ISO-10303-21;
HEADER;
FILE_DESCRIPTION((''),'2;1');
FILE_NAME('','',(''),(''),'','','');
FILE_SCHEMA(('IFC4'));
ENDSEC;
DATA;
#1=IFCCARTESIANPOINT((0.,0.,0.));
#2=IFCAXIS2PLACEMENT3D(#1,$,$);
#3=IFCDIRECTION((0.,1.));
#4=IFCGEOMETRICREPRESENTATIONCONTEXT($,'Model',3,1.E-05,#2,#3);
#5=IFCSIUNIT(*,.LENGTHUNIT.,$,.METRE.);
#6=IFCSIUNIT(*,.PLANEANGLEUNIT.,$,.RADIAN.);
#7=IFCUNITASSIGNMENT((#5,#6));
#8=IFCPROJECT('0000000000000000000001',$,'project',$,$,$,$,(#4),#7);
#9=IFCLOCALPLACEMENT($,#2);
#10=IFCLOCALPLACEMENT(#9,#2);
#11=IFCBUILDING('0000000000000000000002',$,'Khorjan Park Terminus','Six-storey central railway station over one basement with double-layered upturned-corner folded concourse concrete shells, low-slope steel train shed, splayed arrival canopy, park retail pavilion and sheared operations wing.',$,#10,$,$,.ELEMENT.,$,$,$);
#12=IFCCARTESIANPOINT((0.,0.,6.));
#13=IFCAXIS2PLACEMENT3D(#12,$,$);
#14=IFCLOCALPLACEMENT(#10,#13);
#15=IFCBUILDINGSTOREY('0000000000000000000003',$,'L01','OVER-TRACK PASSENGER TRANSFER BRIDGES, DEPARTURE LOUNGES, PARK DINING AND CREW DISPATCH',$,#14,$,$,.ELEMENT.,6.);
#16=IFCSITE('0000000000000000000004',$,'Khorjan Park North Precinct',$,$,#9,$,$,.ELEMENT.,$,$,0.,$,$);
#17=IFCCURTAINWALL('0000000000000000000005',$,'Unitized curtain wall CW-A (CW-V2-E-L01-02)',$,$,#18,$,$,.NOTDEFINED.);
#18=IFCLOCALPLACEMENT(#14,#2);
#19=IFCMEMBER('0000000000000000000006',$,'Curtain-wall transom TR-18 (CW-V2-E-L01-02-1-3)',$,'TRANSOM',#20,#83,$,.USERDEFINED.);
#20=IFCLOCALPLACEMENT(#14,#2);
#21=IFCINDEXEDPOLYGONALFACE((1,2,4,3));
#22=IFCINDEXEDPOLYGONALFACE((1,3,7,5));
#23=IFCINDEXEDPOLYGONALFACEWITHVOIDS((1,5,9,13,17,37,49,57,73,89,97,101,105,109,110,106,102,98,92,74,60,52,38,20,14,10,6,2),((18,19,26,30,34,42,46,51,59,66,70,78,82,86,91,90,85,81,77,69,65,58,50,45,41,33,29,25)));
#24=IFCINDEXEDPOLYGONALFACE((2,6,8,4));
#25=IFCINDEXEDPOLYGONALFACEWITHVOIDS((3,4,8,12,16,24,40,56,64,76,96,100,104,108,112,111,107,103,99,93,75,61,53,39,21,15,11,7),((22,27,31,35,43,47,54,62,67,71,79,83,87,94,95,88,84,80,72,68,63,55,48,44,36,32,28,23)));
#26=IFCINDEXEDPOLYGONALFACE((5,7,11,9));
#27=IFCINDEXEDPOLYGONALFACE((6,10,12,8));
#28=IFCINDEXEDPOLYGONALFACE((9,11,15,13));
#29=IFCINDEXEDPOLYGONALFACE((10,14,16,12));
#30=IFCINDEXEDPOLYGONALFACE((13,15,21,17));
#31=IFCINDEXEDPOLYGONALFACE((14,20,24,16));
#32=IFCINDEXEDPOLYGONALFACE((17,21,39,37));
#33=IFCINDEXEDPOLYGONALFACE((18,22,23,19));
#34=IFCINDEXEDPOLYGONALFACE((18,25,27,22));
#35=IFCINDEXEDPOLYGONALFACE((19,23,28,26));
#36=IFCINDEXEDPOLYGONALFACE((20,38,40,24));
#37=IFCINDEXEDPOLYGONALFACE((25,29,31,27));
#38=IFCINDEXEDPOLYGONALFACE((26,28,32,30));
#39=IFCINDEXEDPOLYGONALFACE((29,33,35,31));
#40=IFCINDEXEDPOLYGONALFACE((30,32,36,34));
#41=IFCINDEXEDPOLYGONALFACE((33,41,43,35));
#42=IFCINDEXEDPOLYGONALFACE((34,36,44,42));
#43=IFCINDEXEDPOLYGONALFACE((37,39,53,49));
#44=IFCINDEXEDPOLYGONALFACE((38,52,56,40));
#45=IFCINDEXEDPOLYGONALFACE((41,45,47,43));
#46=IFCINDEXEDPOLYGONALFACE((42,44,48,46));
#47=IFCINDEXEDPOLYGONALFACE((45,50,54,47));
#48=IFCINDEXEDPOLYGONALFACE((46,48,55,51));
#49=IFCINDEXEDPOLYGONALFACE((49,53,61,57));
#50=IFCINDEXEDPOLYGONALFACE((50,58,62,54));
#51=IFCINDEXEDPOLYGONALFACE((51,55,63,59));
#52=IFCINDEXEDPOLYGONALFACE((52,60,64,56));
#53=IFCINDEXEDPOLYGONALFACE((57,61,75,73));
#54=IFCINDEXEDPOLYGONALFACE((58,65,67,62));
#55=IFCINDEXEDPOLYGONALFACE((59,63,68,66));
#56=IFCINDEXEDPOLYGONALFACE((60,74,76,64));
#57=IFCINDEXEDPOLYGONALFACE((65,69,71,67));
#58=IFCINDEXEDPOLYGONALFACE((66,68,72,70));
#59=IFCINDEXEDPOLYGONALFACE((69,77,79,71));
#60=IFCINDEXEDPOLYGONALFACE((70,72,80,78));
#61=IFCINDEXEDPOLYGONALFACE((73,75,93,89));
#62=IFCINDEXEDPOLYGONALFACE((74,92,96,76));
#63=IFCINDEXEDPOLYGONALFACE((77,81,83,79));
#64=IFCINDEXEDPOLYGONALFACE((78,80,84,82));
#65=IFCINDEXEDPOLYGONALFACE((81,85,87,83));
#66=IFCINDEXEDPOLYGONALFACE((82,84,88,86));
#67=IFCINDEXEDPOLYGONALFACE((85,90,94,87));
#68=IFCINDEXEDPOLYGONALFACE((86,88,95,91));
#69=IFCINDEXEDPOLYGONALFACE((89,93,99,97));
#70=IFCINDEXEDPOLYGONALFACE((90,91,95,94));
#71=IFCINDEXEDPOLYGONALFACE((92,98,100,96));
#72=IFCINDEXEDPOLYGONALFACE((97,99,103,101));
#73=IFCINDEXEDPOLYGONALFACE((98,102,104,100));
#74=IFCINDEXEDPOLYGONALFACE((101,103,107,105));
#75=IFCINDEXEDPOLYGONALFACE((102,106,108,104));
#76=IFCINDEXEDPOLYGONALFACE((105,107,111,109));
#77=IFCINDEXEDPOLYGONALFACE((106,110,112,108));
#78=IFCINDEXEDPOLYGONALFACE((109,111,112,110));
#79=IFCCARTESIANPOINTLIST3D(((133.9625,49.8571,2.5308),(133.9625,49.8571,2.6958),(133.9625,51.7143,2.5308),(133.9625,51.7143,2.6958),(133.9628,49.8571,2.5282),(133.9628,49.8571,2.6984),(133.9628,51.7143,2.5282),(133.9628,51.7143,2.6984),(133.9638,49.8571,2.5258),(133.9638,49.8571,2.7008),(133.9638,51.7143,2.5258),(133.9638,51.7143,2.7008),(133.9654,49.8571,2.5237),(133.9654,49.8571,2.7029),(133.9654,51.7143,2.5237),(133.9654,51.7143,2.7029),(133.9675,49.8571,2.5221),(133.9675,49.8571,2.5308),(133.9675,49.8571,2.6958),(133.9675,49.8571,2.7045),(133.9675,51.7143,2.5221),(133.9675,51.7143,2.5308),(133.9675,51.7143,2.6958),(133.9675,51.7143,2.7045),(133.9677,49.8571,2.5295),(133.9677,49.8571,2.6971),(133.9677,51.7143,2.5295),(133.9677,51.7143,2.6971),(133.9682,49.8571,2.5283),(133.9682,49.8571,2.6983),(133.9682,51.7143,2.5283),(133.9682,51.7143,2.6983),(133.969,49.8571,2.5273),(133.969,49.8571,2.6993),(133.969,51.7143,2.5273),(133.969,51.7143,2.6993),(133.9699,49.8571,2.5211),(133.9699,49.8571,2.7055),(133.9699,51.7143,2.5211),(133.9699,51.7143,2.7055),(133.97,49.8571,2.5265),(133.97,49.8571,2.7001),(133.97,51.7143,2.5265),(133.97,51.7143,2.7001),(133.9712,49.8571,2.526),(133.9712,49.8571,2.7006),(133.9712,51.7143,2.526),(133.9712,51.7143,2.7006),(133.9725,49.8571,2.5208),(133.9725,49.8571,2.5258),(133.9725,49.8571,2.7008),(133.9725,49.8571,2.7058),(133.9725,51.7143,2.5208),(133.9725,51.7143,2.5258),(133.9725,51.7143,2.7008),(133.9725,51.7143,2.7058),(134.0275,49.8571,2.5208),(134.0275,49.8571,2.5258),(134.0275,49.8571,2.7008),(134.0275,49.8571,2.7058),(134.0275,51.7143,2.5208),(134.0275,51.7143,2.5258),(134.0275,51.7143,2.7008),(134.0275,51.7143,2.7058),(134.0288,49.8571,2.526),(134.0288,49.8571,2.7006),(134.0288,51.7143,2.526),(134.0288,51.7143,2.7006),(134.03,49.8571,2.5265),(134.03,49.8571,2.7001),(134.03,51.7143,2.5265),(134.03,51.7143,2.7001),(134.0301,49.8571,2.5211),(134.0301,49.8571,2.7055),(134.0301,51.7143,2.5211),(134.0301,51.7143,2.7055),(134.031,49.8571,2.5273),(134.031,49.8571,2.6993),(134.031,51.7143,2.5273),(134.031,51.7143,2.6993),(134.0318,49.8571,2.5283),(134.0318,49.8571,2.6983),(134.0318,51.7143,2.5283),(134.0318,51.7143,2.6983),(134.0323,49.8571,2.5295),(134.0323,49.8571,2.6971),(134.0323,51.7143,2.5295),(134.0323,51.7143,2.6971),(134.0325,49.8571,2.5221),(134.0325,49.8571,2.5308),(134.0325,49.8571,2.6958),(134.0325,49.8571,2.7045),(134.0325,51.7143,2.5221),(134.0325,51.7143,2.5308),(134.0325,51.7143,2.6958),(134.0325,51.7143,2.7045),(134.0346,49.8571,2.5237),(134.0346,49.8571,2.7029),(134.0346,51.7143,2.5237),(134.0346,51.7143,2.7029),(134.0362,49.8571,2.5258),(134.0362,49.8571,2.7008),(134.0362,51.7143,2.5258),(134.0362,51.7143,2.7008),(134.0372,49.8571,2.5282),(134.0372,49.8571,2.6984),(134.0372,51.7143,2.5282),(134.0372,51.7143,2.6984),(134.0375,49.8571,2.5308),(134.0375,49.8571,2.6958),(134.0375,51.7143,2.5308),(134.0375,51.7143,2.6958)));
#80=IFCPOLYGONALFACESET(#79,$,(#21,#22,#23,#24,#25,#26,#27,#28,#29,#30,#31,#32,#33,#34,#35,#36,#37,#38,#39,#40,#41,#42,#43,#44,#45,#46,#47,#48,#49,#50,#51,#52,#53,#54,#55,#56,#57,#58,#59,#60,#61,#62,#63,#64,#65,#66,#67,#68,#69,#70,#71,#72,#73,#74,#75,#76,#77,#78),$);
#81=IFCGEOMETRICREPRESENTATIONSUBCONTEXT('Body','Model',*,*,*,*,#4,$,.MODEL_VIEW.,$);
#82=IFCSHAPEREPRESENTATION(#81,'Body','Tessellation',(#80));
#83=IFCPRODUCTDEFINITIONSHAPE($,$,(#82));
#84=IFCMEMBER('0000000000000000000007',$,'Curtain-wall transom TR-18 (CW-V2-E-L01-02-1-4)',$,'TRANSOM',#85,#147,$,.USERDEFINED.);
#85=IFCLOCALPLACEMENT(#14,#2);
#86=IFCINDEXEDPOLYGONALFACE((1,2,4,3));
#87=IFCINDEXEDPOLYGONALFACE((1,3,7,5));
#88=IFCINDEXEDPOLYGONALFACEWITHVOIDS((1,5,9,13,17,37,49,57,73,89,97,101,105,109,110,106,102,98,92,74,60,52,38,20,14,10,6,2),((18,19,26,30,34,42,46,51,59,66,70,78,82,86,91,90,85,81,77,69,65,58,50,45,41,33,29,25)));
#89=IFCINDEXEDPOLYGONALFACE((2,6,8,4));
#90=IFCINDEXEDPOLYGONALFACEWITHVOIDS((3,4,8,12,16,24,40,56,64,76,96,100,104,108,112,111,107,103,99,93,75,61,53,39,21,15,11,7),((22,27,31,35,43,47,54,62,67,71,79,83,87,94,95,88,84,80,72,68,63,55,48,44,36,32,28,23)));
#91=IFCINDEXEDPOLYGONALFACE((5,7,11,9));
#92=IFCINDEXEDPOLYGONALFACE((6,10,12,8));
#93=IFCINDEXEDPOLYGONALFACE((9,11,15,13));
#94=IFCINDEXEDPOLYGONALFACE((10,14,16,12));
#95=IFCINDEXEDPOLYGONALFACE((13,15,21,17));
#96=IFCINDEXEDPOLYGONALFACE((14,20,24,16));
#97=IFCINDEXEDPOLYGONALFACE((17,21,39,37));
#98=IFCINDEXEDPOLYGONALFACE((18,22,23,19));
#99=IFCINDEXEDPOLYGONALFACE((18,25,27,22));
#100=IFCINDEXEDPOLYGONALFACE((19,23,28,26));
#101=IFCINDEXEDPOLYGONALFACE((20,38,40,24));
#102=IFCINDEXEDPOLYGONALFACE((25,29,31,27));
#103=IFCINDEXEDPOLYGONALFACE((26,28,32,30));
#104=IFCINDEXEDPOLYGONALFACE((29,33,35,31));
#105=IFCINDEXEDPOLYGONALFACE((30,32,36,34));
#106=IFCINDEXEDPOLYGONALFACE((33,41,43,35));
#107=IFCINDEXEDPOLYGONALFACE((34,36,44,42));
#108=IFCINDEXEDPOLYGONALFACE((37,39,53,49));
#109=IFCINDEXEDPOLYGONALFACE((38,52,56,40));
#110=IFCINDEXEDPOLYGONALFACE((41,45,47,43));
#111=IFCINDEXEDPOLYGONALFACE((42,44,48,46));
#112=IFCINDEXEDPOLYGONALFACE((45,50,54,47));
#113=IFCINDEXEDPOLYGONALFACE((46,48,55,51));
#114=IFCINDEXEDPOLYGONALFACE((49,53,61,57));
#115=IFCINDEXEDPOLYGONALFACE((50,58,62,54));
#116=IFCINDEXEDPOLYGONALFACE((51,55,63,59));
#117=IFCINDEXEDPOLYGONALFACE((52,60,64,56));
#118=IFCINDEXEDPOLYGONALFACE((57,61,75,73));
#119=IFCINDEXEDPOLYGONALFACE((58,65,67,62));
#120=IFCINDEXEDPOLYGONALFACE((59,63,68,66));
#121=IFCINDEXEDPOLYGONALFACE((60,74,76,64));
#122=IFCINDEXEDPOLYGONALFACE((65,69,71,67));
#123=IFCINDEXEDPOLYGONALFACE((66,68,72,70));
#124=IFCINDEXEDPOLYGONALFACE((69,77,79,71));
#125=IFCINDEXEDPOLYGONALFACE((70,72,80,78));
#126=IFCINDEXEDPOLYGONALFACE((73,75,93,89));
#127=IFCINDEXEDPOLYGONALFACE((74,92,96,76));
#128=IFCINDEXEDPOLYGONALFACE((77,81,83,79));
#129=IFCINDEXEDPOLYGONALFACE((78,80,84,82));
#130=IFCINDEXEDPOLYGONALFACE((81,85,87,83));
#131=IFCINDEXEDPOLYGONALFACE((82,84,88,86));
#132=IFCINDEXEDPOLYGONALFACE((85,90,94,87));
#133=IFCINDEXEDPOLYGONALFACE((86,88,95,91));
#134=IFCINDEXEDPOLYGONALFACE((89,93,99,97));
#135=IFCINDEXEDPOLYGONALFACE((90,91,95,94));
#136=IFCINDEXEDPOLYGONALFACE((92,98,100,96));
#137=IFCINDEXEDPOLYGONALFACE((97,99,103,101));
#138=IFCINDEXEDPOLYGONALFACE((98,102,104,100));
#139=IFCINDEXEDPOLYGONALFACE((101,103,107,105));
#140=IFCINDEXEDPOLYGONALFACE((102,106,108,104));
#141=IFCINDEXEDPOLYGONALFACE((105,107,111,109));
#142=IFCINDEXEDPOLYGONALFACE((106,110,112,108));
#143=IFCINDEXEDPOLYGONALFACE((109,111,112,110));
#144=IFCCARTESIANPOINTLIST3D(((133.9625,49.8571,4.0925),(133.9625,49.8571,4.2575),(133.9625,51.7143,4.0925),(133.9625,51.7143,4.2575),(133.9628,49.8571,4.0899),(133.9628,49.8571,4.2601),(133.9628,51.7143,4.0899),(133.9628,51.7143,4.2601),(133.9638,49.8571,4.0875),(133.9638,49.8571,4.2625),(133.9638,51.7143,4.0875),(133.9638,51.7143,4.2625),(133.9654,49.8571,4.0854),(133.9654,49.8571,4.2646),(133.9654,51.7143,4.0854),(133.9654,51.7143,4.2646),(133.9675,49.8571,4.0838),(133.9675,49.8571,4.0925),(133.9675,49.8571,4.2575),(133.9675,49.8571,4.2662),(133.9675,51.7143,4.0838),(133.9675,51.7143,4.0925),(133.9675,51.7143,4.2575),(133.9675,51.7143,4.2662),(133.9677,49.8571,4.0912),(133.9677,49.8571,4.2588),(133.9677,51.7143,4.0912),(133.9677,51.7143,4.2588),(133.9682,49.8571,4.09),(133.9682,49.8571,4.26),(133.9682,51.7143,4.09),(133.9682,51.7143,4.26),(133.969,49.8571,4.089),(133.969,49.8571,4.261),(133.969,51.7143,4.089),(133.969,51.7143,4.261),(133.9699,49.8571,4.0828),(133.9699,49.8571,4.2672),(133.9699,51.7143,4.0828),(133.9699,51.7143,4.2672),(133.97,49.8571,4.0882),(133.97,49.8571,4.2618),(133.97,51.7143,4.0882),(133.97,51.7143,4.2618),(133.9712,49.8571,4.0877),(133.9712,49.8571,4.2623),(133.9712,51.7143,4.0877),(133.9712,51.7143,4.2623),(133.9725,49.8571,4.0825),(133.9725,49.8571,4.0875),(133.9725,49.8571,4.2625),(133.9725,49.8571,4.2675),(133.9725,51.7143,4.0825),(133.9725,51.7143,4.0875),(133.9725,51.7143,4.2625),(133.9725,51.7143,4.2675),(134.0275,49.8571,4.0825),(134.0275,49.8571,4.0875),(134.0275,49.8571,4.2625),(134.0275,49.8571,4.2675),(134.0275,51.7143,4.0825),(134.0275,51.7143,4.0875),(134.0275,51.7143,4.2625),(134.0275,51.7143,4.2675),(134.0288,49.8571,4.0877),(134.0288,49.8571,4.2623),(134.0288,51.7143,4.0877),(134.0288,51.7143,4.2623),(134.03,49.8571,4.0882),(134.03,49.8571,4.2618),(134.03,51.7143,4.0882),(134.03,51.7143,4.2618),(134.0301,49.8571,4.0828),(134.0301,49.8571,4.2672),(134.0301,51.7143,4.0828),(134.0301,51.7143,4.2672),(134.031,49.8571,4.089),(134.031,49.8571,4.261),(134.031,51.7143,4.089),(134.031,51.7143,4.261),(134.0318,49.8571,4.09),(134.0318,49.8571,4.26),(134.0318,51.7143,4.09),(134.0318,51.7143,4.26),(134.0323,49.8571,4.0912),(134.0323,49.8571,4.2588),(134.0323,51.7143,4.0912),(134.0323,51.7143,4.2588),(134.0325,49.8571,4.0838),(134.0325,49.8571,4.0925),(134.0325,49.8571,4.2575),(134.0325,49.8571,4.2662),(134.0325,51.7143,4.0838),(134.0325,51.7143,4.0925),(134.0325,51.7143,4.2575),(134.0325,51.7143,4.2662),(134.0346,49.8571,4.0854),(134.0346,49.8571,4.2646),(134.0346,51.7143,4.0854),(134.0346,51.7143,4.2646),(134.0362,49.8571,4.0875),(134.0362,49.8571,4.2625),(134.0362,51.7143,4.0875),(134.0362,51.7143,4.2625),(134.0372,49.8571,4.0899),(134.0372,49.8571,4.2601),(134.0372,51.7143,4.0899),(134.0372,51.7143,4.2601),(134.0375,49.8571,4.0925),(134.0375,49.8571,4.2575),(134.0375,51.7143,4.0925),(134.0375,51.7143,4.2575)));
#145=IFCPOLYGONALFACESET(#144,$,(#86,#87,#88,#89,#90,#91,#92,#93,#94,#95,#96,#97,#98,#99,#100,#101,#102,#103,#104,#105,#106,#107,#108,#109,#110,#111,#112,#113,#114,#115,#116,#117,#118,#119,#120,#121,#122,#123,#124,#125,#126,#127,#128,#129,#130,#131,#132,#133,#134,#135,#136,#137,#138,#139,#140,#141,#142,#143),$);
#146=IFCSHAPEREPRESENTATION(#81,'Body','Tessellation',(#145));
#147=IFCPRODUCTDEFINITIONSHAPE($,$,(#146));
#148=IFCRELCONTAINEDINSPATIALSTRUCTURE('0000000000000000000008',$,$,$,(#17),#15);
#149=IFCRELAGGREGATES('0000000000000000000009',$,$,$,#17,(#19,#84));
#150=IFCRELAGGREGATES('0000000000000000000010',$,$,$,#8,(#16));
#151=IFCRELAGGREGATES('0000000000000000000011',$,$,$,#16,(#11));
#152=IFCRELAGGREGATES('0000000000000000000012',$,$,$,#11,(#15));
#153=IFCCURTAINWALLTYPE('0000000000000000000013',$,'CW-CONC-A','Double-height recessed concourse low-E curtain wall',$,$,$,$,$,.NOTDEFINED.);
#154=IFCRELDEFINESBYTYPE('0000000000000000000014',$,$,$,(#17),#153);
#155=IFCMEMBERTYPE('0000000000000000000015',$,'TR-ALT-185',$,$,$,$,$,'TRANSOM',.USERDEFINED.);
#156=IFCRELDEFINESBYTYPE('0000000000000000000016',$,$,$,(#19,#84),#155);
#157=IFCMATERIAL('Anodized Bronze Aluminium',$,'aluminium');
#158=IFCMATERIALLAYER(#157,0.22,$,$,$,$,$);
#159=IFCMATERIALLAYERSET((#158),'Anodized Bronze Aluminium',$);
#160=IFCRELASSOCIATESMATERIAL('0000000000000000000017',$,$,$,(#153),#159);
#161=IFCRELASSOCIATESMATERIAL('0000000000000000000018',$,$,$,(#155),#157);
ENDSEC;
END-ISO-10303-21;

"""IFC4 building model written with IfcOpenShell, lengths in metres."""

from ifc_helpers import new_model, si_unit, direction, frame, origin, origin_2d, place, context, subcontext, project, spatial, hollow_rectangle, extrude, material, layer, layer_set, material_profile, profile_set, type_object, element, aggregate, save


model = new_model("IFC4")

# Units and contexts
model_context = context("Model", 3, precision=1e-05, world=origin(), true_north=direction((0.0, 1.0)))
body_context = subcontext(model_context, "Body", "Model", "MODEL_VIEW")
ifc_project = project(units=[si_unit("LENGTHUNIT", "METRE"), si_unit("PLANEANGLEUNIT", "RADIAN")], contexts=[model_context])

# Site, building, storey
site_placement = place(None, origin())
site = spatial("IfcSite", under=ifc_project, at=site_placement, Name="Khorjan Park North Precinct", CompositionType="ELEMENT", RefElevation=0.0)
building_placement = place(site_placement, origin())
building = spatial("IfcBuilding", under=site, at=building_placement, Name="Khorjan Park Terminus", Description="Six-storey central railway station over one basement with double-layered upturned-corner folded concourse concrete shells, low-slope steel train shed, splayed arrival canopy, park retail pavilion and sheared operations wing.", CompositionType="ELEMENT")
storey_placement = place(building_placement, frame((0.0, 0.0, 6.0)))
storey = spatial("IfcBuildingStorey", under=building, at=storey_placement, Name="L01", Description="OVER-TRACK PASSENGER TRANSFER BRIDGES, DEPARTURE LOUNGES, PARK DINING AND CREW DISPATCH", CompositionType="ELEMENT", Elevation=6.0)

# Curtain wall, members
ifc_material_1 = material(Name="Anodized Bronze Aluminium", Category="aluminium")
ifc_layer_1 = layer(ifc_material_1, 0.22)
ifc_layer_set_1 = layer_set([ifc_layer_1], Name="Anodized Bronze Aluminium")
curtain_wall_type = type_object("IfcCurtainWallType", Name="CW-CONC-A", Description="Double-height recessed concourse low-E curtain wall", PredefinedType="NOTDEFINED", material=ifc_layer_set_1)
curtain_wall_placement = place(storey_placement, origin())
curtain_wall = element("IfcCurtainWall", 1, at=curtain_wall_placement, inside=storey, type_object=curtain_wall_type, Name="Unitized curtain wall CW-A (CW-V2-E-L01-02)", PredefinedType="NOTDEFINED")
ifc_material_profile_1 = material_profile(ifc_material_1, hollow_rectangle(XDim=0.075, YDim=0.185, WallThickness=0.005, InnerFilletRadius=0.005, OuterFilletRadius=0.01, at=origin_2d()), Name="ALT 75x185x5")
ifc_profile_set_1 = profile_set([ifc_material_profile_1], Name="Anodized Bronze Aluminium")
member_type_1 = type_object("IfcMemberType", Name="TR-ALT-185", ElementType="TRANSOM", PredefinedType="USERDEFINED", material=ifc_profile_set_1)
member_1_placement = place(storey_placement, frame((134.0, 49.8571, 2.6133), z_axis=(0.0, 1.0, 0.0), x_axis=(-1.0, 0.0, 0.0)))
member_1 = element("IfcMember", 2, at=member_1_placement, type_object=member_type_1, Name="Curtain-wall transom TR-18 (CW-V2-E-L01-02-1-3)", ObjectType="TRANSOM", PredefinedType="USERDEFINED", context=body_context, shape_type="SweptSolid", body=[
    extrude(hollow_rectangle(XDim=0.075, YDim=0.185, WallThickness=0.005, InnerFilletRadius=0.005, OuterFilletRadius=0.01, at=origin_2d()), origin(), (0.0, 0.0, 1.0), 1.8572),
])
member_2_placement = place(storey_placement, frame((134.0, 49.8571, 4.175), z_axis=(0.0, 1.0, 0.0), x_axis=(-1.0, 0.0, 0.0)))
member_2 = element("IfcMember", 3, at=member_2_placement, type_object=member_type_1, Name="Curtain-wall transom TR-18 (CW-V2-E-L01-02-1-4)", ObjectType="TRANSOM", PredefinedType="USERDEFINED", context=body_context, shape_type="SweptSolid", body=[
    extrude(hollow_rectangle(XDim=0.075, YDim=0.185, WallThickness=0.005, InnerFilletRadius=0.005, OuterFilletRadius=0.01, at=origin_2d()), origin(), (0.0, 0.0, 1.0), 1.8572),
])
aggregate(curtain_wall, [member_1, member_2])

save(model, "model.ifc")
